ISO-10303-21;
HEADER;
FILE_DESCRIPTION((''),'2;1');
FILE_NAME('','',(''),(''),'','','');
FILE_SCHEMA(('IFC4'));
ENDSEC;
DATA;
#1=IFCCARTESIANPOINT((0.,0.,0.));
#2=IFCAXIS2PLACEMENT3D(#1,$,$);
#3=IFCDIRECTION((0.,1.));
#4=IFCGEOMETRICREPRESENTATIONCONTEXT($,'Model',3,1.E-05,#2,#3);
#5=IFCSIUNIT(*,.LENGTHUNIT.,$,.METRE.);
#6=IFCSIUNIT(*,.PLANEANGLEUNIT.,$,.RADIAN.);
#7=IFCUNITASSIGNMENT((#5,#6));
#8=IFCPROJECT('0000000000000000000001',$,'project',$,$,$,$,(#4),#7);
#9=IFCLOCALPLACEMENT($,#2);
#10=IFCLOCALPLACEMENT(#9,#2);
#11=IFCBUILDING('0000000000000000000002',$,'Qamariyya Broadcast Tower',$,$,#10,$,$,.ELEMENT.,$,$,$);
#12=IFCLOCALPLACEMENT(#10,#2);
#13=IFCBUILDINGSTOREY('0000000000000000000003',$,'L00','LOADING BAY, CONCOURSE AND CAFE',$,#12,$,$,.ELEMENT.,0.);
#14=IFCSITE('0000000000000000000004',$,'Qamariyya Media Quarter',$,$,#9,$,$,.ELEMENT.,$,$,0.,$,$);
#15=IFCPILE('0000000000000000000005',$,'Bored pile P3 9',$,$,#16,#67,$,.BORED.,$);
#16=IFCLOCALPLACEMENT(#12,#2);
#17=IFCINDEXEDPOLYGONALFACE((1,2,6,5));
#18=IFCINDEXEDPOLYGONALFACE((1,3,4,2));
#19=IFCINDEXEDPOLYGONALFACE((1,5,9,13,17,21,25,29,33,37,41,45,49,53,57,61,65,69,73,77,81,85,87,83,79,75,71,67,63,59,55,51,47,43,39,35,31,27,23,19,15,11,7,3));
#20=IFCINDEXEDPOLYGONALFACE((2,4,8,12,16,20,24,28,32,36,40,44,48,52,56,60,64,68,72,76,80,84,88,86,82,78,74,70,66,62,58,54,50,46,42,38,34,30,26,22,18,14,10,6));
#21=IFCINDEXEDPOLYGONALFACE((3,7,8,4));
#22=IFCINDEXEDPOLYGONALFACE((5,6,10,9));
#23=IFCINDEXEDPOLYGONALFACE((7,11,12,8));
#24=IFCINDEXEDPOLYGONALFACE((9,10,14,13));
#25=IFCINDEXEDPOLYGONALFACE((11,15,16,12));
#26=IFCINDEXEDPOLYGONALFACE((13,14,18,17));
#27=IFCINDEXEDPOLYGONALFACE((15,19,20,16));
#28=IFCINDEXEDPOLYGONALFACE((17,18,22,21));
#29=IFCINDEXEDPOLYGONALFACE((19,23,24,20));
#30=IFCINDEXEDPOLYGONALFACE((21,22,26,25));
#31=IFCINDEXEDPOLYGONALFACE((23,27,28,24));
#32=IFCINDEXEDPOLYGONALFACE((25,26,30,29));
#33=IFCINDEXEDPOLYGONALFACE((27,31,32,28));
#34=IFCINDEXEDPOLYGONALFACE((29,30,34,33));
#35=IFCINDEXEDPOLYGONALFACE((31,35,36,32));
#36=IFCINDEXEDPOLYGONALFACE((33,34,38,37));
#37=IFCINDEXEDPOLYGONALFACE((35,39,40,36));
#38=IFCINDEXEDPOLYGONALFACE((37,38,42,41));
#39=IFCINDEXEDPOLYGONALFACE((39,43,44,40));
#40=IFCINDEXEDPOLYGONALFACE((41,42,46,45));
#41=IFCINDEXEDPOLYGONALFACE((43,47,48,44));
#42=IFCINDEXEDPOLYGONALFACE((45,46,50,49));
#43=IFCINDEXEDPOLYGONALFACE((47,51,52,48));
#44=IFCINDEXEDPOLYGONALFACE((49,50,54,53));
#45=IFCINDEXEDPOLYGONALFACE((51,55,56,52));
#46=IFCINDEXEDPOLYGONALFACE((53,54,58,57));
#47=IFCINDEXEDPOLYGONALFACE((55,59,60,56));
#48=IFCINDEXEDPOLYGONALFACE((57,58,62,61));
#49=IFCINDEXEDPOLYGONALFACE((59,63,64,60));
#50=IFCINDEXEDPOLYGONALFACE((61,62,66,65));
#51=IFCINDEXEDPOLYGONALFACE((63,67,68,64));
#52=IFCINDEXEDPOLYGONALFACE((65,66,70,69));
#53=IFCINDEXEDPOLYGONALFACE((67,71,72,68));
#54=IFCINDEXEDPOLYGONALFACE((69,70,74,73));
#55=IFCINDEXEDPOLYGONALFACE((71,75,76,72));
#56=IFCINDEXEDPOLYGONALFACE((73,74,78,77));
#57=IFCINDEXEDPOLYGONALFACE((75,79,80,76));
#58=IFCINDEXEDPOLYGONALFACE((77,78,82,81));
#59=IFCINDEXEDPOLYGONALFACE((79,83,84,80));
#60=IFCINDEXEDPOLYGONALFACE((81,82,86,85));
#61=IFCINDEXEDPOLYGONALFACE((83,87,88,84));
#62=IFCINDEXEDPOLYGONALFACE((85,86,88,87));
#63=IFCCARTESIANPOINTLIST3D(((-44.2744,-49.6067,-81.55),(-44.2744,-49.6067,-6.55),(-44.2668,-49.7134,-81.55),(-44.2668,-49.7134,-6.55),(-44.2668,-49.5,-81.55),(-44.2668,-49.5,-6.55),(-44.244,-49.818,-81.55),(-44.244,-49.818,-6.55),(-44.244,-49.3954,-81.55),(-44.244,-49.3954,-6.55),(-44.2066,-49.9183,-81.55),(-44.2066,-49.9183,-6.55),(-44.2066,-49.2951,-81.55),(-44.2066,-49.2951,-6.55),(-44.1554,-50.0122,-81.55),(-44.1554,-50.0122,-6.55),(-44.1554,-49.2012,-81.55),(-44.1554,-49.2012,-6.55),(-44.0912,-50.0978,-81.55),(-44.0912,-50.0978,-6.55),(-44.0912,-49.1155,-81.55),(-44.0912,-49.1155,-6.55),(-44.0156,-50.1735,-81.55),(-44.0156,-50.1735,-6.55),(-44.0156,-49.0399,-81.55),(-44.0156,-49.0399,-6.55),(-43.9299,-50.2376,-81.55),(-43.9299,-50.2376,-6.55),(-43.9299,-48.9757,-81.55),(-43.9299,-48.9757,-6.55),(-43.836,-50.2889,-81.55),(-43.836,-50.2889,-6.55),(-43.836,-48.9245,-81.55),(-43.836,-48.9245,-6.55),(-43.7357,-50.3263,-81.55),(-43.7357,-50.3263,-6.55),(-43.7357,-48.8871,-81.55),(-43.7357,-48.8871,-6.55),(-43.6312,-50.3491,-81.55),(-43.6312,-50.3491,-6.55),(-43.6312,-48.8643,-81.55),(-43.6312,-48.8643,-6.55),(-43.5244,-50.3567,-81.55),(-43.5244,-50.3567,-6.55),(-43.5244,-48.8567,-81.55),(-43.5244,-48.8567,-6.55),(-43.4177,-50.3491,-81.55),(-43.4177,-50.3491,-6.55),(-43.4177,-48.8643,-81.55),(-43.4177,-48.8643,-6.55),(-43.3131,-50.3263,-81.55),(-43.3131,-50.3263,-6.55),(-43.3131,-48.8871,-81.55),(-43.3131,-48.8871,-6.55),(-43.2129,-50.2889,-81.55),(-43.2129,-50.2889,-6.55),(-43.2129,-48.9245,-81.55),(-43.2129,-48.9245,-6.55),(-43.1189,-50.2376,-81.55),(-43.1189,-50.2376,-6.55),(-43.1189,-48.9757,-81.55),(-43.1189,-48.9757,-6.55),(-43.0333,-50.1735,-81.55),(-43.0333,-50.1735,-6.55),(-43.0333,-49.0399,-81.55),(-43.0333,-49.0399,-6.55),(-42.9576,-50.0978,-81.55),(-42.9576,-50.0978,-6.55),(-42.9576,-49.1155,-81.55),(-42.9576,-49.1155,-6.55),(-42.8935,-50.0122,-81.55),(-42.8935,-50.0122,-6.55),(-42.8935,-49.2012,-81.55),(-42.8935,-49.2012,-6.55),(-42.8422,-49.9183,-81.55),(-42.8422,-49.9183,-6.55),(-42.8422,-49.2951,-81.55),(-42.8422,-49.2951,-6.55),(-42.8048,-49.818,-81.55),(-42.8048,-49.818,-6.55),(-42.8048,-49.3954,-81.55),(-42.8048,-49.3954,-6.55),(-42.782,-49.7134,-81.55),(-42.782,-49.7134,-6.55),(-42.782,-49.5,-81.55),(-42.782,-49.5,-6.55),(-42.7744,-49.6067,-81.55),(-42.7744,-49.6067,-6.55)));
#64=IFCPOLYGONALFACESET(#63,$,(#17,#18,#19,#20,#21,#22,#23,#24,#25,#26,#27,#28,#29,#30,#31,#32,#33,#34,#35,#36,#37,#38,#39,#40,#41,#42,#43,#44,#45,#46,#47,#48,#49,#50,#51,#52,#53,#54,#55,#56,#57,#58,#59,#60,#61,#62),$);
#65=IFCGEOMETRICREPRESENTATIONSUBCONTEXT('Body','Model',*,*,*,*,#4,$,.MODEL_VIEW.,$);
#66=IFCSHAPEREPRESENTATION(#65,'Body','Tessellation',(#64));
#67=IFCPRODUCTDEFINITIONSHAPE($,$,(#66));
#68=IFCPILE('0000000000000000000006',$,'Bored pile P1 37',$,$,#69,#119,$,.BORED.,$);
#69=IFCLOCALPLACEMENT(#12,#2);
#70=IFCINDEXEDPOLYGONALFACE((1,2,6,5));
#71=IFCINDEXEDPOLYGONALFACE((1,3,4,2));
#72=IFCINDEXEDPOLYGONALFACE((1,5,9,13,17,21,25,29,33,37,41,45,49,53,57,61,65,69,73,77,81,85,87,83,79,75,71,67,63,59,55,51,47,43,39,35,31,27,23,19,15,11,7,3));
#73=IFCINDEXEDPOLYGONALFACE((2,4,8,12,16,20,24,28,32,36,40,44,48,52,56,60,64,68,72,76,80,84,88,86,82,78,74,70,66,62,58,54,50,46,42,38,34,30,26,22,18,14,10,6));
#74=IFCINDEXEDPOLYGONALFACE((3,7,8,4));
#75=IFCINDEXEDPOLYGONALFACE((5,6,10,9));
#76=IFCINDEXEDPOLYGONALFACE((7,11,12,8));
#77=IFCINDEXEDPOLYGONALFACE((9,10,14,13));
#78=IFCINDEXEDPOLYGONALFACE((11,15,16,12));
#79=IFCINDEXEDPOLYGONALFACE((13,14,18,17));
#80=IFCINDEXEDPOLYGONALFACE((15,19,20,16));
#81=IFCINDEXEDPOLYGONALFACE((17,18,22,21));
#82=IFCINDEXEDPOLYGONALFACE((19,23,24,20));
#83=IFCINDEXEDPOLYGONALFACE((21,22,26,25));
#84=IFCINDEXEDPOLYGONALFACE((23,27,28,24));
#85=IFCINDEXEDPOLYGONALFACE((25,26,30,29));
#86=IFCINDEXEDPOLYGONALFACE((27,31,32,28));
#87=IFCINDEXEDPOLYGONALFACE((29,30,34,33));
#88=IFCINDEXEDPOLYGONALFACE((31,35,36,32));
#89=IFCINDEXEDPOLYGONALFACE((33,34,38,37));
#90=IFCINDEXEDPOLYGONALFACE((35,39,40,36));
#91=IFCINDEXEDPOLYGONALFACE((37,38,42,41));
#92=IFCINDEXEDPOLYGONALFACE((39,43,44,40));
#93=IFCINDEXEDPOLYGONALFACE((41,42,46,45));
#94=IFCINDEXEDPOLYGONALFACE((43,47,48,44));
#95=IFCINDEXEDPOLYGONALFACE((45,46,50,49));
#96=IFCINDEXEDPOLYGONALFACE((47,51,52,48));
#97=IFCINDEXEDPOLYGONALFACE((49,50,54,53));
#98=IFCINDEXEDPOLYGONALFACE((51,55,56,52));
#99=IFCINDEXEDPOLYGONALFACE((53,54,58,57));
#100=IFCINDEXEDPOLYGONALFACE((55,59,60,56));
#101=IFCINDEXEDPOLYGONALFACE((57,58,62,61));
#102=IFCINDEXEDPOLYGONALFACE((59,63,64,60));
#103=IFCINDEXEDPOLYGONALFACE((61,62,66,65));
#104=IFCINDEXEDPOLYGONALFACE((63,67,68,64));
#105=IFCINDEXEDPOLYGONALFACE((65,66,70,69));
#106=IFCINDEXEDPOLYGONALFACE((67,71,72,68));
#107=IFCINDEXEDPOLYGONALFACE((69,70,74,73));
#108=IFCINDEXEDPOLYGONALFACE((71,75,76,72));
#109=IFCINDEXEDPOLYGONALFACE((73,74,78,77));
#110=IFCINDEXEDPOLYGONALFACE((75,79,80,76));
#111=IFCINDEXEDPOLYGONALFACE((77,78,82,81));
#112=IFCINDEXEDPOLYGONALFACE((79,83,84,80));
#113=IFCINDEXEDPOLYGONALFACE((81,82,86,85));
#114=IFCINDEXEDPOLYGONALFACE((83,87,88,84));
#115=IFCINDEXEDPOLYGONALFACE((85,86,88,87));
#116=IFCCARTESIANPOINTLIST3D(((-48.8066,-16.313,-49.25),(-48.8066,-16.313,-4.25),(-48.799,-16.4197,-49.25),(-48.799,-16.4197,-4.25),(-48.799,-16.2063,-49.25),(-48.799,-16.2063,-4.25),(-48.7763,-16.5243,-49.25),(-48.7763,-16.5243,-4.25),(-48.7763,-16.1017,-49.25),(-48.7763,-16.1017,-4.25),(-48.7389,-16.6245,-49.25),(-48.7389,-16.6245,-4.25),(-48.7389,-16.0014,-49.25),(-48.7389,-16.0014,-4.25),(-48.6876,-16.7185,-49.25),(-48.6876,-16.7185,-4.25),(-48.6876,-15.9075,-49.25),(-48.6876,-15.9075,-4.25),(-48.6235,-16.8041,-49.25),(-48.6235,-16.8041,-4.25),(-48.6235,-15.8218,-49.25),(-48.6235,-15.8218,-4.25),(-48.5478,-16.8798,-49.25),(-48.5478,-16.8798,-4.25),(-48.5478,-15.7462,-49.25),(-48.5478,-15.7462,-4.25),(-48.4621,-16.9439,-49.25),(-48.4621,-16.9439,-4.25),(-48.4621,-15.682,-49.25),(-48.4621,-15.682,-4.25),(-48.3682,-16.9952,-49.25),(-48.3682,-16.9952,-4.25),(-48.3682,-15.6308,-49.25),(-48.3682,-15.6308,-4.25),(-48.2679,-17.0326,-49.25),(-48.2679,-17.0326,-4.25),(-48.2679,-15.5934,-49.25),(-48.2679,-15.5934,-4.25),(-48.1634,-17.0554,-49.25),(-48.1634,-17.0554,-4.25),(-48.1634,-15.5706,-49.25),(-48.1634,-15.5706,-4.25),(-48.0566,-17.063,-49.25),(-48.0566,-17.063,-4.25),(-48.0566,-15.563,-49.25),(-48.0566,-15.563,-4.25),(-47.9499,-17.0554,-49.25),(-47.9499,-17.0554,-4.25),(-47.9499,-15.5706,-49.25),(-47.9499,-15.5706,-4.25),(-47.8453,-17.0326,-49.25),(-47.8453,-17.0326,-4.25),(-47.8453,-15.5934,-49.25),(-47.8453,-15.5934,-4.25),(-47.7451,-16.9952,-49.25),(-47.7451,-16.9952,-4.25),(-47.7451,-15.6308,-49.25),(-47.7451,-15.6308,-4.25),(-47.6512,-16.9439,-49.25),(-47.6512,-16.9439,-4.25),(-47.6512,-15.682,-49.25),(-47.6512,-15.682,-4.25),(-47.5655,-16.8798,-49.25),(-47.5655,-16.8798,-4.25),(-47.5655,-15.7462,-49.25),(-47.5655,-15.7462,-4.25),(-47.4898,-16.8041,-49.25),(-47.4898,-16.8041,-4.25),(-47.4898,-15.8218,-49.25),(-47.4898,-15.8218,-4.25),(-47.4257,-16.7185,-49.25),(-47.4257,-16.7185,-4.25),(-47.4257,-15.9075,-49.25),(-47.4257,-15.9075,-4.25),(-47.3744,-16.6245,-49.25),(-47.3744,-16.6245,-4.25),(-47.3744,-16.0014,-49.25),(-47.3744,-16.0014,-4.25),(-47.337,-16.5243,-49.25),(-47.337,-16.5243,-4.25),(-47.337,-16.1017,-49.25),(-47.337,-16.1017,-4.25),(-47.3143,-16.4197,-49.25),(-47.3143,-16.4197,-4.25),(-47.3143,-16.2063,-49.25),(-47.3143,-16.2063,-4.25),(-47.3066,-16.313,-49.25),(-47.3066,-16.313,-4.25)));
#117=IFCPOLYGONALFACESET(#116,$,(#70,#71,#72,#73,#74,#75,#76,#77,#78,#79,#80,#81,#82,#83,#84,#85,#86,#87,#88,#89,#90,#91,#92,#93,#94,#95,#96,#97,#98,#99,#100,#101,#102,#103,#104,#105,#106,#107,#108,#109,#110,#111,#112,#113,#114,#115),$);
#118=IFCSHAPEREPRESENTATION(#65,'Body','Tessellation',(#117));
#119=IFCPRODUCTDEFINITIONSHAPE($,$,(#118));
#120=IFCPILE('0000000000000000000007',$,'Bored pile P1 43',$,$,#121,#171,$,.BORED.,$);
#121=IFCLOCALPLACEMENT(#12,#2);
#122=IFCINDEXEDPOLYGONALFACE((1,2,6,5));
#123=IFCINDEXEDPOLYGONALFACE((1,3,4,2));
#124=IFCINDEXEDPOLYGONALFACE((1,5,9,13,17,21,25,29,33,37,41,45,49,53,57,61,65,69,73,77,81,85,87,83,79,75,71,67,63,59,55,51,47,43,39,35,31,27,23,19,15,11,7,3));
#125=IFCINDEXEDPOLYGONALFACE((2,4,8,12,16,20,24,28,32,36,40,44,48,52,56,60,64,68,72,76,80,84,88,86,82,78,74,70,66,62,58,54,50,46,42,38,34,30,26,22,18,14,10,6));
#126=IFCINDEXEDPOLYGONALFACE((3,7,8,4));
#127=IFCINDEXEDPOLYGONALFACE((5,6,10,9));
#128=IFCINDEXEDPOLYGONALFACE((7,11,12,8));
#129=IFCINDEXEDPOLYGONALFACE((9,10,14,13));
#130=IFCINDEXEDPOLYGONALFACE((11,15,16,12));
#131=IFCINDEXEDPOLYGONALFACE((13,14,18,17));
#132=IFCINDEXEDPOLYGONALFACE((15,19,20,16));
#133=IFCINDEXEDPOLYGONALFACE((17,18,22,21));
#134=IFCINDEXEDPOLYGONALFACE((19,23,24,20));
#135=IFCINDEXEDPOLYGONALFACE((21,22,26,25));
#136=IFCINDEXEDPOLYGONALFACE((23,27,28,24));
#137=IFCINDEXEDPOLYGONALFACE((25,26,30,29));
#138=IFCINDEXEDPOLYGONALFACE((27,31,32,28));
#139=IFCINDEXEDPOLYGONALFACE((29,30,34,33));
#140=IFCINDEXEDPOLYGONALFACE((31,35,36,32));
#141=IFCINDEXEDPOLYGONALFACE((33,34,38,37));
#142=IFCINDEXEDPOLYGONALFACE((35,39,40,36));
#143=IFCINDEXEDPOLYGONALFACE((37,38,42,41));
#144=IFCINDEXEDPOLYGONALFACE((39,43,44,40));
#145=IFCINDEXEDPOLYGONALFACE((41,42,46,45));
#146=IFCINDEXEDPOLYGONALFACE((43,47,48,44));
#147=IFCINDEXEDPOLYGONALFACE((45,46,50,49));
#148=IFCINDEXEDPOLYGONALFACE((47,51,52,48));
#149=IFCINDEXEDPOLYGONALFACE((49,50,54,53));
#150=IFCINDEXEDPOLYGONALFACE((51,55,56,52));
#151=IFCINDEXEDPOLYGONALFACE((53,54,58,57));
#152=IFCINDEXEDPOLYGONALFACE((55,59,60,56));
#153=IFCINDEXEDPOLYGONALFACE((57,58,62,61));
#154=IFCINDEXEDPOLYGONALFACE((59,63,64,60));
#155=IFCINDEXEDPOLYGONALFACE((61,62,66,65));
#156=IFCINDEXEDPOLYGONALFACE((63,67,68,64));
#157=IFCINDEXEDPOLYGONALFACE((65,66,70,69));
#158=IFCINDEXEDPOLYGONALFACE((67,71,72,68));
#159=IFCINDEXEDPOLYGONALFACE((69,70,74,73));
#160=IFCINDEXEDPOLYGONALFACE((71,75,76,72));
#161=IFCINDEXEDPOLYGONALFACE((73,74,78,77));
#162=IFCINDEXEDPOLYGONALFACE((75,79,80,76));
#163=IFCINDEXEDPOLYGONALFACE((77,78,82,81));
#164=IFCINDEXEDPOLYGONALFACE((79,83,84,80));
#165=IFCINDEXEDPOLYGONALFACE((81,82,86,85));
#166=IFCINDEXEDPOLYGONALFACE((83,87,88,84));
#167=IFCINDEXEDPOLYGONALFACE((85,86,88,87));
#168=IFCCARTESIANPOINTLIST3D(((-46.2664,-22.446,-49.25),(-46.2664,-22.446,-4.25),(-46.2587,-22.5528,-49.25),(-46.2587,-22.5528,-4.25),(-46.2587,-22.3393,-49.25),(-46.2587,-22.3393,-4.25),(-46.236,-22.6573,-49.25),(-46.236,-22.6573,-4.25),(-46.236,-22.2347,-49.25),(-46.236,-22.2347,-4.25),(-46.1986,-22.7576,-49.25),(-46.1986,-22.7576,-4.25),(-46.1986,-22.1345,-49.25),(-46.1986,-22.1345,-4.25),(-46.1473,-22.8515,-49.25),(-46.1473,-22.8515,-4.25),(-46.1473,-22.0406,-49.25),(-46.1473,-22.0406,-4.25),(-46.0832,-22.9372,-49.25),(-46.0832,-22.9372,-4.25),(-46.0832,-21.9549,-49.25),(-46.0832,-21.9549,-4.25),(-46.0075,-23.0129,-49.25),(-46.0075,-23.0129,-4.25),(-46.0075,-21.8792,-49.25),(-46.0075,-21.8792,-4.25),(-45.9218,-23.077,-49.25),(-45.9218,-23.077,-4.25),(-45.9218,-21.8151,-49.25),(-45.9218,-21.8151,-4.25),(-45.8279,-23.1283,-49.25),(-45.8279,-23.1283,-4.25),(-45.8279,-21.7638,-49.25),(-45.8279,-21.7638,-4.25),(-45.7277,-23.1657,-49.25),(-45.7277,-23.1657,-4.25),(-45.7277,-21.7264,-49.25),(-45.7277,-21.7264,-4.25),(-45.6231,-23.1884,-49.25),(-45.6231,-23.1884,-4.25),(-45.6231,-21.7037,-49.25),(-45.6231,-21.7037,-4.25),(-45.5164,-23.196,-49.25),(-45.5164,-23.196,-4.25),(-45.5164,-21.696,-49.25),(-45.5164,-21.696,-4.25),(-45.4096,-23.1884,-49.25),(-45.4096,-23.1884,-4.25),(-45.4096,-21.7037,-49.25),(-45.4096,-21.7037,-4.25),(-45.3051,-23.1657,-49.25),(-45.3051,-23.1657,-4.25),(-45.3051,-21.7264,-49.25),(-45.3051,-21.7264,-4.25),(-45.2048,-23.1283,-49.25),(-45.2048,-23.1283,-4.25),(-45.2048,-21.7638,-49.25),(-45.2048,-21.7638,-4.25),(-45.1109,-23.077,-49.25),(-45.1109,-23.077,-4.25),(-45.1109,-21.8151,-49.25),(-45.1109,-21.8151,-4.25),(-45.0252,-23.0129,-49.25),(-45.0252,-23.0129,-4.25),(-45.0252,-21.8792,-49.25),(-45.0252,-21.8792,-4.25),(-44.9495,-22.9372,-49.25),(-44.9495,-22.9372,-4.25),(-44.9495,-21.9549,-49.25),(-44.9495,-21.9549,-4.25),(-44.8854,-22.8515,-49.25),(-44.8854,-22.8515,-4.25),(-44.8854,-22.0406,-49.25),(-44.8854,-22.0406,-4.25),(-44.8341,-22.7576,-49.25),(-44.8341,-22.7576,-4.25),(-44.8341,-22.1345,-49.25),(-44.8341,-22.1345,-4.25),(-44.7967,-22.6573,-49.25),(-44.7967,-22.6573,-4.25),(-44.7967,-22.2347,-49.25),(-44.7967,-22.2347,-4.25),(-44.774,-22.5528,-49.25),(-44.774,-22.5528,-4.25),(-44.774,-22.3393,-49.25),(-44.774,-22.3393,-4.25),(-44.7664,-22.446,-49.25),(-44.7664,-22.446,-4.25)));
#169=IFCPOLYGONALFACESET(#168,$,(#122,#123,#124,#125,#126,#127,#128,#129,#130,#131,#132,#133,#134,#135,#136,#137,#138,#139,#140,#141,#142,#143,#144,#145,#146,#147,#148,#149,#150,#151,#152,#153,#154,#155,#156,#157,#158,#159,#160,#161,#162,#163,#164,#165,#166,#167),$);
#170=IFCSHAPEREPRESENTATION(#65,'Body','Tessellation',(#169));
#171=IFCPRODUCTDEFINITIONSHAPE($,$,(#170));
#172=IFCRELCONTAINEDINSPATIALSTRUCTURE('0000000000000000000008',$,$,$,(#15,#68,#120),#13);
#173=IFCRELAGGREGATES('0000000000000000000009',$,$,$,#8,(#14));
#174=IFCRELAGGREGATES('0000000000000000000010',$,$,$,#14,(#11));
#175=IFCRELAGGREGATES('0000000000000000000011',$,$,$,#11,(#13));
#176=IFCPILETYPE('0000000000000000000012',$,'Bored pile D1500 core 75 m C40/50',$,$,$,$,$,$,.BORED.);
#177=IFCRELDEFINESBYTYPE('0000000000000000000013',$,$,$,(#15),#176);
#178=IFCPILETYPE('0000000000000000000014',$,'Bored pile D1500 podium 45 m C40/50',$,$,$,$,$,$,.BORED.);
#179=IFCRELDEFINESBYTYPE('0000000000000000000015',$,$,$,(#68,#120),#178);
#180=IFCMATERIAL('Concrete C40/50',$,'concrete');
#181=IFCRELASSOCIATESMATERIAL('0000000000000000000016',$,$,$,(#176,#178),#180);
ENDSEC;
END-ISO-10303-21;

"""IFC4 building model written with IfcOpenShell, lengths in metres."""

from ifc_helpers import new_model, si_unit, direction, frame, origin, origin_2d, place, context, subcontext, project, spatial, circle, extrude, material, material_profile, profile_set, type_object, element, save


model = new_model("IFC4")

# Units and contexts
model_context = context("Model", 3, precision=1e-05, world=origin(), true_north=direction((0.0, 1.0)))
body_context = subcontext(model_context, "Body", "Model", "MODEL_VIEW")
ifc_project = project(units=[si_unit("LENGTHUNIT", "METRE"), si_unit("PLANEANGLEUNIT", "RADIAN")], contexts=[model_context])

# Site, building, storey
site_placement = place(None, origin())
site = spatial("IfcSite", under=ifc_project, at=site_placement, Name="Qamariyya Media Quarter", CompositionType="ELEMENT", RefElevation=0.0)
building_placement = place(site_placement, origin())
building = spatial("IfcBuilding", under=site, at=building_placement, Name="Qamariyya Broadcast Tower", CompositionType="ELEMENT")
storey_placement = place(building_placement, origin())
storey = spatial("IfcBuildingStorey", under=building, at=storey_placement, Name="L00", Description="LOADING BAY, CONCOURSE AND CAFE", CompositionType="ELEMENT", Elevation=0.0)

# Piles
ifc_material_1 = material(Name="Concrete C40/50", Category="concrete")
ifc_material_profile_1 = material_profile(ifc_material_1, circle(Radius=0.75, at=origin_2d()))
ifc_profile_set_1 = profile_set([ifc_material_profile_1], Name="Concrete C40/50")
pile_type_1 = type_object("IfcPileType", Name="Bored pile D1500 core 75 m C40/50", PredefinedType="BORED", material=ifc_profile_set_1)
pile_placement = place(storey_placement, frame((-43.5244, -49.6067, -6.55), z_axis=(0.0, 0.0, -1.0), x_axis=(1.0, 0.0, 0.0)))
element("IfcPile", 1, at=pile_placement, inside=storey, type_object=pile_type_1, Name="Bored pile P3 9", PredefinedType="BORED", context=body_context, shape_type="SweptSolid", body=[
    extrude(circle(Radius=0.75, at=origin_2d()), origin(), (0.0, 0.0, 1.0), 75.0),
])
ifc_material_profile_2 = material_profile(ifc_material_1, circle(Radius=0.75, at=origin_2d()))
ifc_profile_set_2 = profile_set([ifc_material_profile_2], Name="Concrete C40/50")
pile_type_2 = type_object("IfcPileType", Name="Bored pile D1500 podium 45 m C40/50", PredefinedType="BORED", material=ifc_profile_set_2)
for number, where, z_axis, x_axis, name in (
    (2, (-48.0566, -16.313, -4.25), (0.0, 0.0, -1.0), (1.0, 0.0, 0.0), "Bored pile P1 37"),
    (3, (-45.5164, -22.446, -4.25), (0.0, 0.0, -1.0), (1.0, 0.0, 0.0), "Bored pile P1 43"),
):
    element("IfcPile", number, at=place(storey_placement, frame(where, z_axis=z_axis, x_axis=x_axis)), inside=storey, type_object=pile_type_2, Name=name, PredefinedType="BORED", context=body_context, shape_type="SweptSolid", body=[
        extrude(circle(Radius=0.75, at=origin_2d()), origin(), (0.0, 0.0, 1.0), 45.0),
    ])

save(model, "model.ifc")
